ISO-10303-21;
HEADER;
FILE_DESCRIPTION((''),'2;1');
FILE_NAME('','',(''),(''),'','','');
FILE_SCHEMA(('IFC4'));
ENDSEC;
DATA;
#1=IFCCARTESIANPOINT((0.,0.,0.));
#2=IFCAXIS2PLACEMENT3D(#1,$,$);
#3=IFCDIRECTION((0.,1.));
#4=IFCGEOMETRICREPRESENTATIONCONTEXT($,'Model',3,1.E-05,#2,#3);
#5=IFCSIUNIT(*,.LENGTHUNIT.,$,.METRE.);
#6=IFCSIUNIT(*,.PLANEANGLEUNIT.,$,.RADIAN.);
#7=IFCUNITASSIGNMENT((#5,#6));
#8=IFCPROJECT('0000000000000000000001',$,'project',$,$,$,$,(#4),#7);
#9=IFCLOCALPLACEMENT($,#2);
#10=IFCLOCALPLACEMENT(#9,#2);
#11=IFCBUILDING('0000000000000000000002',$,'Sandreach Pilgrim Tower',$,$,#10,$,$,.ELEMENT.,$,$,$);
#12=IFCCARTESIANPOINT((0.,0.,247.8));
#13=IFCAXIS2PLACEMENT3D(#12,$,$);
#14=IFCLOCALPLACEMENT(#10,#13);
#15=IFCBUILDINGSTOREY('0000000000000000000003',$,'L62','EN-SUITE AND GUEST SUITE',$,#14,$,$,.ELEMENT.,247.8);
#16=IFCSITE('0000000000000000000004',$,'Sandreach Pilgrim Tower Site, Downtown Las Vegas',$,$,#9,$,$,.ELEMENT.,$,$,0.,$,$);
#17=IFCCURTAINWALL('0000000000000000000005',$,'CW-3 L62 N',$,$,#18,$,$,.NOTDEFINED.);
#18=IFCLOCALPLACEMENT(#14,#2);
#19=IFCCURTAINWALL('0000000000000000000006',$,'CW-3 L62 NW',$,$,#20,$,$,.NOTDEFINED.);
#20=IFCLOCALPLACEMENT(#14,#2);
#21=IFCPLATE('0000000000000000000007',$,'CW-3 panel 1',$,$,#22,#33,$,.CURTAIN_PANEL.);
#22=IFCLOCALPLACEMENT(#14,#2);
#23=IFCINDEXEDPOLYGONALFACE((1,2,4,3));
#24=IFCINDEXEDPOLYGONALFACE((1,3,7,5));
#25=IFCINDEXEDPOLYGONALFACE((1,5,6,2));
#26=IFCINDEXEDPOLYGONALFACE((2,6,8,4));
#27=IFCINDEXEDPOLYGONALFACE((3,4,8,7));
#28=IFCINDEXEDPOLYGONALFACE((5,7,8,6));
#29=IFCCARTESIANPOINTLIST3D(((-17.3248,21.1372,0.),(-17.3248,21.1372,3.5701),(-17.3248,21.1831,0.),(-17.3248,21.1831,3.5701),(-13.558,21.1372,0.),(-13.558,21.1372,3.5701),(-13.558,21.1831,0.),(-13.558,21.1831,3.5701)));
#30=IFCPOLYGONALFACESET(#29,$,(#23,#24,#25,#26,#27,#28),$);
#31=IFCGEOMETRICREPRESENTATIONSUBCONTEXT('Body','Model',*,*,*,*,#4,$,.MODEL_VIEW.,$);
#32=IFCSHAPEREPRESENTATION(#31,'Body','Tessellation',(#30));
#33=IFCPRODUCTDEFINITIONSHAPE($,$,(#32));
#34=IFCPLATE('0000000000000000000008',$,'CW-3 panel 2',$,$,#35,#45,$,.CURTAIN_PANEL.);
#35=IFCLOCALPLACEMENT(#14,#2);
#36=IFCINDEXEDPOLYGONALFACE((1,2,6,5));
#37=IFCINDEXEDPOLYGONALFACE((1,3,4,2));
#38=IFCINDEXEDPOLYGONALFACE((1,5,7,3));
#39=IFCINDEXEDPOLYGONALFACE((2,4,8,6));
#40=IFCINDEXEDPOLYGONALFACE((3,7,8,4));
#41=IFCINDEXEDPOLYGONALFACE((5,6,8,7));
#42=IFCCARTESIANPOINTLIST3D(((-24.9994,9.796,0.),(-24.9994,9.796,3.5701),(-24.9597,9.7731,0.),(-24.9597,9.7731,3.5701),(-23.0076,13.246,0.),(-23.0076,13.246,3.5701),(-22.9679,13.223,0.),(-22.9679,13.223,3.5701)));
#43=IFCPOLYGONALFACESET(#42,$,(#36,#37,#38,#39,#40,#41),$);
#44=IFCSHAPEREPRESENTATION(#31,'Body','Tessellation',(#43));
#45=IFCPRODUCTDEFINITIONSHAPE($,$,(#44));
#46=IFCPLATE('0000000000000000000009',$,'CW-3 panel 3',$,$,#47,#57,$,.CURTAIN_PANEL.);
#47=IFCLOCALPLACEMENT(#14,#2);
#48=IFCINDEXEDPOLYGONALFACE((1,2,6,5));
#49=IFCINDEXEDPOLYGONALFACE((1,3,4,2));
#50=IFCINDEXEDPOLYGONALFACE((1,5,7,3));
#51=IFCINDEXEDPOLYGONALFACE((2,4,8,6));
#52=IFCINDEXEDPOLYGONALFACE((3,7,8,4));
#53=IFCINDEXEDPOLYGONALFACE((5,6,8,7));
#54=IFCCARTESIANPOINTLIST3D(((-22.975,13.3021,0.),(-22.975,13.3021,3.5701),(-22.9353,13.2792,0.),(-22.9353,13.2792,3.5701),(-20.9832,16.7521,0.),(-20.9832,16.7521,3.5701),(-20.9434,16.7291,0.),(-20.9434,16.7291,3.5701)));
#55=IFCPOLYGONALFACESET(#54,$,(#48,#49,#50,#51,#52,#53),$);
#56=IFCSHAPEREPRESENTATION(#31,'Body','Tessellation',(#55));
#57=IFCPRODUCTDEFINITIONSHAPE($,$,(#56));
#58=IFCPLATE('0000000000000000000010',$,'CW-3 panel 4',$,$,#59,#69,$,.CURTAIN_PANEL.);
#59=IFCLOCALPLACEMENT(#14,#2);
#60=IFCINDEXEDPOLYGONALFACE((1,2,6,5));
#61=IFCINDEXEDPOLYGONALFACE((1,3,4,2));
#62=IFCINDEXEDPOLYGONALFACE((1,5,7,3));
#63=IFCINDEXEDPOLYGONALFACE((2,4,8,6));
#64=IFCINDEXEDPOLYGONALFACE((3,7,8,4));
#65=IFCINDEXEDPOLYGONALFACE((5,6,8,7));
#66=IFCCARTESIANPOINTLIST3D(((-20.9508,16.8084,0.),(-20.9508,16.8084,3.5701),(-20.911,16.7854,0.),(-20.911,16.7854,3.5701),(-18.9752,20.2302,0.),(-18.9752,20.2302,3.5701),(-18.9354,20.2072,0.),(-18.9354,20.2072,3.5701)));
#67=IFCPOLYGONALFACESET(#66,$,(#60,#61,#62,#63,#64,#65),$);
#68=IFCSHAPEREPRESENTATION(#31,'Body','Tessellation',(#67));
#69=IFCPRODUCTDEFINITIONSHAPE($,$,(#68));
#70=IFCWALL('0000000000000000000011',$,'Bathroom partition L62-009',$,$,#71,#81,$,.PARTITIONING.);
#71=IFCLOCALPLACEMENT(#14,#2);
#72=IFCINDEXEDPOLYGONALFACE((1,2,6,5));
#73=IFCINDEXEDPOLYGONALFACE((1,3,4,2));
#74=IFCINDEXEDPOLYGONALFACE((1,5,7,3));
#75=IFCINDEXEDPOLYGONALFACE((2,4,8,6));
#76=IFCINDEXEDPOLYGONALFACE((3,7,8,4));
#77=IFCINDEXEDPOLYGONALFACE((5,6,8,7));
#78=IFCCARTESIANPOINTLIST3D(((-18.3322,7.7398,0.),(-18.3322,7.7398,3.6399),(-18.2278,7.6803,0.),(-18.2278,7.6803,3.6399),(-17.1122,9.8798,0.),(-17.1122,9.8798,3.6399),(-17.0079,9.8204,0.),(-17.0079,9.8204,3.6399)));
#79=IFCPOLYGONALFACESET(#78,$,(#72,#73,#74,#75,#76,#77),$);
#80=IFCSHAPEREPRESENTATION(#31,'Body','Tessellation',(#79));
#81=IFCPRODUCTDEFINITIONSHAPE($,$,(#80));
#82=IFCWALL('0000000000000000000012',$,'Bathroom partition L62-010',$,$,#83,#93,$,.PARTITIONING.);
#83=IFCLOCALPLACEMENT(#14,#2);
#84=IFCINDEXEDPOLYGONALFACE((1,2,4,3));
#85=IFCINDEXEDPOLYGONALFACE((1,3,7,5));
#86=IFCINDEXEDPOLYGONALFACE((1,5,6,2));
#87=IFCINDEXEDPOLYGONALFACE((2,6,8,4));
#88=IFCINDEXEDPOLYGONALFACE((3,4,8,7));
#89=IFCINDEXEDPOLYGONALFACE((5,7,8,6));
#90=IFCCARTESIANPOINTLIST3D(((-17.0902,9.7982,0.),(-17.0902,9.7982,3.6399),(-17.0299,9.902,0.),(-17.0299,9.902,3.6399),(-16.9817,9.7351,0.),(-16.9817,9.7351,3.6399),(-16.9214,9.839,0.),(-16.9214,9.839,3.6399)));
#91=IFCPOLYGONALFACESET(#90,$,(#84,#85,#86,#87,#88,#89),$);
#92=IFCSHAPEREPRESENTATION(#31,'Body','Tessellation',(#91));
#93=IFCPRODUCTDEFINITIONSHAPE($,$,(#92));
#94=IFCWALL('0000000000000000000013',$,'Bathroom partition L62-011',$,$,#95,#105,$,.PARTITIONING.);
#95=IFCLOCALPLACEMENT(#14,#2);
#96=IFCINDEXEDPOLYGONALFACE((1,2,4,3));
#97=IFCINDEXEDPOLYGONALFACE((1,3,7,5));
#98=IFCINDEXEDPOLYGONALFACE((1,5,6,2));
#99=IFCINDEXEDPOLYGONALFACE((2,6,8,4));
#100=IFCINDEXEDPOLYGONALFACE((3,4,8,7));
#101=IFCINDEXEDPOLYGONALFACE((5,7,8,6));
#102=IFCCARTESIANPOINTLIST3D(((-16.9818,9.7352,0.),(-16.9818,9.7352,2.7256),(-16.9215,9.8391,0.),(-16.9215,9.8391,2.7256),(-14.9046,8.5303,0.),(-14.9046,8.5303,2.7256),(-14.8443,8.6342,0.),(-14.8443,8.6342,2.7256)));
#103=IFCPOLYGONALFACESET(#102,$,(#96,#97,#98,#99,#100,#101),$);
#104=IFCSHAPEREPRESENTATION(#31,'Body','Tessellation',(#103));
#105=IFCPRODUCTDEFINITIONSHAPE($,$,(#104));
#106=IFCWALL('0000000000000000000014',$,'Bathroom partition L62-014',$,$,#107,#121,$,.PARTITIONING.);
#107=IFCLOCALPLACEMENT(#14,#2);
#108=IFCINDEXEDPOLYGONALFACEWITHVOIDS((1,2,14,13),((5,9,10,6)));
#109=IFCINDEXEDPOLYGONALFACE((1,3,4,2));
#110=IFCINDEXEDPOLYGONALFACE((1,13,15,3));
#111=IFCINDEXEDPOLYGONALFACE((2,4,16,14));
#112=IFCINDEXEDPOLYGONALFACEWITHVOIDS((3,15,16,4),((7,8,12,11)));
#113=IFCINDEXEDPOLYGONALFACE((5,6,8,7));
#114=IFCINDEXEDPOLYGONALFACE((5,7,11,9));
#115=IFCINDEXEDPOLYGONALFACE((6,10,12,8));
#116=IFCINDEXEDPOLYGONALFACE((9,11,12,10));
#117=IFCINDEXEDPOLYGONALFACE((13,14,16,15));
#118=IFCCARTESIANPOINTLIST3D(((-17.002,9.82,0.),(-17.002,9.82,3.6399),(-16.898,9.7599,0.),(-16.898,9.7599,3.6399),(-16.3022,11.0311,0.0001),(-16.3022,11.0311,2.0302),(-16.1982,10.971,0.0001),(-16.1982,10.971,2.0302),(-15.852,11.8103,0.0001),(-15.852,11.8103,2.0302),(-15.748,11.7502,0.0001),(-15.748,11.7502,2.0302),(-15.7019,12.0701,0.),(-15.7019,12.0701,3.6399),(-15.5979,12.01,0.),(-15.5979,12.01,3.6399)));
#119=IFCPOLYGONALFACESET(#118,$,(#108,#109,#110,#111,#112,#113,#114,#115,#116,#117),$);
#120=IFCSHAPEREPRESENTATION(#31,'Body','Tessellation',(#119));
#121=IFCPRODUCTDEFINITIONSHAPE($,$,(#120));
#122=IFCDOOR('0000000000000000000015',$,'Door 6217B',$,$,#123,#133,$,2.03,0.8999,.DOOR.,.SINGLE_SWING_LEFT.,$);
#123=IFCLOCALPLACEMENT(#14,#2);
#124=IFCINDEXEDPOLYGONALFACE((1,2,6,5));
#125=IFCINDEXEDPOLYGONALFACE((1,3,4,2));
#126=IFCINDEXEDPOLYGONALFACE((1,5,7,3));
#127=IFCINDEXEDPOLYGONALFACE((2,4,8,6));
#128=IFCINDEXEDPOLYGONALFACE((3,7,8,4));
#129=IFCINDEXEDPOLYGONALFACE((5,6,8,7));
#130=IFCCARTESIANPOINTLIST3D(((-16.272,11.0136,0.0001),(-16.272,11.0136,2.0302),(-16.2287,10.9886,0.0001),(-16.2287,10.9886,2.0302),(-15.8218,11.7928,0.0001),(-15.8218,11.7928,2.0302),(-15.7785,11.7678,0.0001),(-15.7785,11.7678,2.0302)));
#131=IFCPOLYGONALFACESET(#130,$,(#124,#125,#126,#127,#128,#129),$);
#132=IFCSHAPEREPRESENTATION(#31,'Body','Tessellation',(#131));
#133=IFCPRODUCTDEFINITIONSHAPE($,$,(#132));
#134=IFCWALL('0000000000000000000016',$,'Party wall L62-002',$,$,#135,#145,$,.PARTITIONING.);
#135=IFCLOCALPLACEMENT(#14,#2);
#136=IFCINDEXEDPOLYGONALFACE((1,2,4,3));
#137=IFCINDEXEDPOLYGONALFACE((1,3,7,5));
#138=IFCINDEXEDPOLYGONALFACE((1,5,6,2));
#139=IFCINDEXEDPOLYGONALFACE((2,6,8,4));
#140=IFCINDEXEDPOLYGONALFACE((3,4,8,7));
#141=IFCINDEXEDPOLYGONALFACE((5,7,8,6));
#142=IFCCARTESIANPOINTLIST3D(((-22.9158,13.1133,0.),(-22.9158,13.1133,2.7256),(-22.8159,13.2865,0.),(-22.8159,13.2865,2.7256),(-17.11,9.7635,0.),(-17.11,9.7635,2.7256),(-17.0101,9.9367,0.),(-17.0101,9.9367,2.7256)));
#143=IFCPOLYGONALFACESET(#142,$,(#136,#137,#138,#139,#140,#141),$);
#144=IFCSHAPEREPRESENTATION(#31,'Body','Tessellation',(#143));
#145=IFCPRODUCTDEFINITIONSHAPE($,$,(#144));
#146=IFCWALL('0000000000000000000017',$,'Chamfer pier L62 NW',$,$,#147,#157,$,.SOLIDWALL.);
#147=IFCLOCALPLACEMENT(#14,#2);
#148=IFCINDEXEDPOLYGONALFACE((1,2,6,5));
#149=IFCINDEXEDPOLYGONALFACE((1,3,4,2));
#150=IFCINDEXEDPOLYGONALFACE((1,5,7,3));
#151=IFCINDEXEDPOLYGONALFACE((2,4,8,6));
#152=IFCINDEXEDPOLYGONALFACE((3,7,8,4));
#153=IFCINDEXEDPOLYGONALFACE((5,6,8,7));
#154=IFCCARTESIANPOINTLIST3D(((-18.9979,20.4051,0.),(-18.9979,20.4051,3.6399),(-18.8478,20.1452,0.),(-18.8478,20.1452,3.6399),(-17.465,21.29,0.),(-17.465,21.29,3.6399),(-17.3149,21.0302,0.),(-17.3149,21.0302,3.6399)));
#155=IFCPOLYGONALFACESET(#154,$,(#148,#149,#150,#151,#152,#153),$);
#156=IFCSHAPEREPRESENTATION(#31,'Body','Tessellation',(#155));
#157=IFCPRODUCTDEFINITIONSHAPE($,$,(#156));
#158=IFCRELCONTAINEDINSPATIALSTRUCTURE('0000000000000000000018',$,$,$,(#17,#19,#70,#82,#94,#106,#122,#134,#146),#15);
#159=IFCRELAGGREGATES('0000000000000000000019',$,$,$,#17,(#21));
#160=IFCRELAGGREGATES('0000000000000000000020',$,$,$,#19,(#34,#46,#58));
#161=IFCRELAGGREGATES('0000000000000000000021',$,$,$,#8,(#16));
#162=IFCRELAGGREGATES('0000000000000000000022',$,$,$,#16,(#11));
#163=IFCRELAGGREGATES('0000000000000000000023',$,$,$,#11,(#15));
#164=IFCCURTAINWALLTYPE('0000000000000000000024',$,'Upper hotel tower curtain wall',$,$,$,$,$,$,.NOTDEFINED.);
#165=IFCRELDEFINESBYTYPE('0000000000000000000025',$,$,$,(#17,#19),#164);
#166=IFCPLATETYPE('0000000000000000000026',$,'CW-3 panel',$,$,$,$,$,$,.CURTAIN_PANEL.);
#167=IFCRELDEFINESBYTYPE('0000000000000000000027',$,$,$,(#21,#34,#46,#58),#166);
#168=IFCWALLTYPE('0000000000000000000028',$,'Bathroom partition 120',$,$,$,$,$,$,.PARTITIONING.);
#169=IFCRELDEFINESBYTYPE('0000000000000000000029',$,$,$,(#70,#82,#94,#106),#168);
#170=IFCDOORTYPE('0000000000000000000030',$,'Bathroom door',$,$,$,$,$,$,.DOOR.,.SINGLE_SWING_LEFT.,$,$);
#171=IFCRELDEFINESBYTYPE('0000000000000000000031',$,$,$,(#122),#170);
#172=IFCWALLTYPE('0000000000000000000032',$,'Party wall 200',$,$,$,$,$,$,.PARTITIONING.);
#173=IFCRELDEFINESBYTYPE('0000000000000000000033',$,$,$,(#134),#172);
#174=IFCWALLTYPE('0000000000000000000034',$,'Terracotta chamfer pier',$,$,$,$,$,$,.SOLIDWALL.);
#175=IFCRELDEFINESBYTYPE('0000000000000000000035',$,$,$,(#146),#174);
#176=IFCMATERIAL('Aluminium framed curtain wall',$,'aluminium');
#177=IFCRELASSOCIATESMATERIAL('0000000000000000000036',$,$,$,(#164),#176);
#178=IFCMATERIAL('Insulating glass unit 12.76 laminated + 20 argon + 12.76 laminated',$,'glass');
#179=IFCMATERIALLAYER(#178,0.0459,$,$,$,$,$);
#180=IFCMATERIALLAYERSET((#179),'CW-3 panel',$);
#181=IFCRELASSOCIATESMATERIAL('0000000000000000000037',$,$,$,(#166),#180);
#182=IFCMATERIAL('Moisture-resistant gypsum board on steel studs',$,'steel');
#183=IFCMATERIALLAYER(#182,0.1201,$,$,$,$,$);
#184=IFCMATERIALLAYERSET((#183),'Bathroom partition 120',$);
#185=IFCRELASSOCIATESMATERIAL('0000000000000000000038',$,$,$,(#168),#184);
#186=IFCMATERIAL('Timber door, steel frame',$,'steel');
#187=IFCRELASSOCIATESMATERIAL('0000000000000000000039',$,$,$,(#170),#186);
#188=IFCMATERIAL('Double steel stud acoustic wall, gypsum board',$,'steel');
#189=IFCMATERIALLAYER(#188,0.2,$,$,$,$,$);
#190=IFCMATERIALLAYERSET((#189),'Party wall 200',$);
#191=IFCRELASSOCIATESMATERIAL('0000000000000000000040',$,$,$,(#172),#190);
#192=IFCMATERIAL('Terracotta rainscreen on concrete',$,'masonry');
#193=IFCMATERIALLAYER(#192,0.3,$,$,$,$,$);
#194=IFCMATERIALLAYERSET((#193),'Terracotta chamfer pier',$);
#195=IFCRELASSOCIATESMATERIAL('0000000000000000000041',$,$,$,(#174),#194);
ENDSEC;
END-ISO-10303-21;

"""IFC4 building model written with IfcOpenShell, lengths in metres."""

from ifc_helpers import new_model, si_unit, direction, frame, frame_2d, origin, origin_2d, place, context, subcontext, project, spatial, rectangle, extrude, material, layer, layer_set, type_object, element, fill, aggregate, save


model = new_model("IFC4")

# Units and contexts
model_context = context("Model", 3, precision=1e-05, world=origin(), true_north=direction((0.0, 1.0)))
body_context = subcontext(model_context, "Body", "Model", "MODEL_VIEW")
ifc_project = project(units=[si_unit("LENGTHUNIT", "METRE"), si_unit("PLANEANGLEUNIT", "RADIAN")], contexts=[model_context])

# Site, building, storey
site_placement = place(None, origin())
site = spatial("IfcSite", under=ifc_project, at=site_placement, Name="Sandreach Pilgrim Tower Site, Downtown Las Vegas", CompositionType="ELEMENT", RefElevation=0.0)
building_placement = place(site_placement, origin())
building = spatial("IfcBuilding", under=site, at=building_placement, Name="Sandreach Pilgrim Tower", CompositionType="ELEMENT")
storey_placement = place(building_placement, frame((0.0, 0.0, 247.8)))
storey = spatial("IfcBuildingStorey", under=building, at=storey_placement, Name="L62", Description="EN-SUITE AND GUEST SUITE", CompositionType="ELEMENT", Elevation=247.8)

# Curtain wall
ifc_material_1 = material(Name="Aluminium framed curtain wall", Category="aluminium")
curtain_wall_type = type_object("IfcCurtainWallType", Name="Upper hotel tower curtain wall", PredefinedType="NOTDEFINED", material=ifc_material_1)
curtain_wall_1_placement = place(storey_placement, origin())
curtain_wall_1 = element("IfcCurtainWall", 1, at=curtain_wall_1_placement, inside=storey, type_object=curtain_wall_type, Name="CW-3 L62 N", PredefinedType="NOTDEFINED")

# Curtain wall
curtain_wall_2_placement = place(storey_placement, origin())
curtain_wall_2 = element("IfcCurtainWall", 2, at=curtain_wall_2_placement, inside=storey, type_object=curtain_wall_type, Name="CW-3 L62 NW", PredefinedType="NOTDEFINED")

# Plates
ifc_material_2 = material(Name="Insulating glass unit 12.76 laminated + 20 argon + 12.76 laminated", Category="glass")
ifc_layer_1 = layer(ifc_material_2, 0.0459)
ifc_layer_set_1 = layer_set([ifc_layer_1], Name="CW-3 panel")
plate_type = type_object("IfcPlateType", Name="CW-3 panel", PredefinedType="CURTAIN_PANEL", material=ifc_layer_set_1)
plate_1_placement = place(storey_placement, frame((-15.4414, 21.1602, 0.0), z_axis=(0.0, 0.0, 1.0), x_axis=(1.0, 0.0, 0.0)))
plate_1 = element("IfcPlate", 3, at=plate_1_placement, type_object=plate_type, Name="CW-3 panel 1", PredefinedType="CURTAIN_PANEL", context=body_context, shape_type="SweptSolid", body=[
    extrude(rectangle(XDim=3.7668, YDim=0.0459, at=origin_2d()), origin(), (0.0, 0.0, 1.0), 3.5701),
])
aggregate(curtain_wall_1, [plate_1])
plate_2_placement = place(storey_placement, frame((-23.9836, 11.5095, 0.0), z_axis=(0.0, 0.0, 1.0), x_axis=(0.5, 0.866025, 0.0)))
plate_2 = element("IfcPlate", 4, at=plate_2_placement, type_object=plate_type, Name="CW-3 panel 2", PredefinedType="CURTAIN_PANEL", context=body_context, shape_type="SweptSolid", body=[
    extrude(rectangle(XDim=3.9836, YDim=0.0459, at=origin_2d()), origin(), (0.0, 0.0, 1.0), 3.5701),
])
plate_3_placement = place(storey_placement, frame((-21.9592, 15.0156, 0.0), z_axis=(0.0, 0.0, 1.0), x_axis=(0.5, 0.866025, 0.0)))
plate_3 = element("IfcPlate", 5, at=plate_3_placement, type_object=plate_type, Name="CW-3 panel 3", PredefinedType="CURTAIN_PANEL", context=body_context, shape_type="SweptSolid", body=[
    extrude(rectangle(XDim=3.9836, YDim=0.0459, at=origin_2d()), origin(), (0.0, 0.0, 1.0), 3.5701),
])
plate_4_placement = place(storey_placement, frame((-19.9431, 18.5078, 0.0), z_axis=(0.0, 0.0, 1.0), x_axis=(0.5, 0.866025, 0.0)))
plate_4 = element("IfcPlate", 6, at=plate_4_placement, type_object=plate_type, Name="CW-3 panel 4", PredefinedType="CURTAIN_PANEL", context=body_context, shape_type="SweptSolid", body=[
    extrude(rectangle(XDim=3.9512, YDim=0.0459, at=origin_2d()), origin(), (0.0, 0.0, 1.0), 3.5701),
])
aggregate(curtain_wall_2, [plate_2, plate_3, plate_4])

# Walls
ifc_material_3 = material(Name="Moisture-resistant gypsum board on steel studs", Category="steel")
ifc_layer_2 = layer(ifc_material_3, 0.1201)
ifc_layer_set_2 = layer_set([ifc_layer_2], Name="Bathroom partition 120")
wall_type_1 = type_object("IfcWallType", Name="Bathroom partition 120", PredefinedType="PARTITIONING", material=ifc_layer_set_2)
wall_1_placement = place(storey_placement, frame((-17.0601, 9.8501, 0.0), z_axis=(0.0, 0.0, 1.0), x_axis=(-0.495231, -0.868761, 0.0)))
element("IfcWall", 7, at=wall_1_placement, inside=storey, type_object=wall_type_1, Name="Bathroom partition L62-009", PredefinedType="PARTITIONING", context=body_context, shape_type="SweptSolid", body=[
    extrude(rectangle(XDim=2.4634, YDim=0.1201, at=frame_2d((1.2317, 0.0))), origin(), (0.0, 0.0, 1.0), 3.6399),
])
wall_2_placement = place(storey_placement, frame((-17.0601, 9.8501, 0.0), z_axis=(0.0, 0.0, 1.0), x_axis=(0.864625, -0.502417, 0.0)))
element("IfcWall", 8, at=wall_2_placement, inside=storey, type_object=wall_type_1, Name="Bathroom partition L62-010", PredefinedType="PARTITIONING", context=body_context, shape_type="SweptSolid", body=[
    extrude(rectangle(XDim=0.1255, YDim=0.1201, at=frame_2d((0.0627, 0.0))), origin(), (0.0, 0.0, 1.0), 3.6399),
])
wall_3_placement = place(storey_placement, frame((-16.9517, 9.7871, 0.0), z_axis=(0.0, 0.0, 1.0), x_axis=(0.865015, -0.501745, 0.0)))
element("IfcWall", 9, at=wall_3_placement, inside=storey, type_object=wall_type_1, Name="Bathroom partition L62-011", PredefinedType="PARTITIONING", context=body_context, shape_type="SweptSolid", body=[
    extrude(rectangle(XDim=2.4014, YDim=0.1201, at=frame_2d((1.2007, 0.0))), origin(), (0.0, 0.0, 1.0), 2.7256),
])

# Wall, opening, door
wall_4_placement = place(storey_placement, frame((-15.6499, 12.04, 0.0), z_axis=(0.0, 0.0, 1.0), x_axis=(-0.500292, -0.865857, 0.0)))
wall_4 = element("IfcWall", 10, at=wall_4_placement, inside=storey, type_object=wall_type_1, Name="Bathroom partition L62-014", PredefinedType="PARTITIONING", context=body_context, shape_type="SweptSolid", body=[
    extrude(rectangle(XDim=2.5986, YDim=0.1201, at=frame_2d((1.2993, 0.0))), origin(), (0.0, 0.0, 1.0), 3.6399),
])
opening_placement = place(wall_4_placement, frame((0.3, 0.0, 0.0)))
opening = element("IfcOpeningElement", 11, at=opening_placement, cuts=wall_4, PredefinedType="OPENING", context=body_context, shape_type="SweptSolid", body=[
    extrude(rectangle(XDim=0.8999, YDim=2.03, at=frame_2d((0.45, 1.0151))), frame((0.0, 0.0601, 0.0), z_axis=(0.0, -1.0, 0.0), x_axis=(1.0, 0.0, 0.0)), (0.0, 0.0, 1.0), 0.1201),
])
ifc_material_4 = material(Name="Timber door, steel frame", Category="steel")
door_type = type_object("IfcDoorType", Name="Bathroom door", OperationType="SINGLE_SWING_LEFT", PredefinedType="DOOR", material=ifc_material_4)
door_placement = place(opening_placement, origin())
door = element("IfcDoor", 12, at=door_placement, inside=storey, type_object=door_type, Name="Door 6217B", OperationType="SINGLE_SWING_LEFT", OverallHeight=2.03, OverallWidth=0.8999, PredefinedType="DOOR", context=body_context, shape_type="SweptSolid", body=[
    extrude(rectangle(XDim=0.8999, YDim=2.03, at=frame_2d((0.45, 1.0151))), frame((0.0, 0.0249, 0.0), z_axis=(0.0, -1.0, 0.0), x_axis=(1.0, 0.0, 0.0)), (0.0, 0.0, 1.0), 0.05),
])
fill(opening, door)

# Walls
ifc_material_5 = material(Name="Double steel stud acoustic wall, gypsum board", Category="steel")
ifc_layer_3 = layer(ifc_material_5, 0.2)
ifc_layer_set_3 = layer_set([ifc_layer_3], Name="Party wall 200")
wall_type_2 = type_object("IfcWallType", Name="Party wall 200", PredefinedType="PARTITIONING", material=ifc_layer_set_3)
wall_5_placement = place(storey_placement, frame((-22.866, 13.2, 0.0), z_axis=(0.0, 0.0, 1.0), x_axis=(0.866167, -0.499755, 0.0)))
element("IfcWall", 13, at=wall_5_placement, inside=storey, type_object=wall_type_2, Name="Party wall L62-002", PredefinedType="PARTITIONING", context=body_context, shape_type="SweptSolid", body=[
    extrude(rectangle(XDim=6.7029, YDim=0.2, at=frame_2d((3.3516, 0.0))), origin(), (0.0, 0.0, 1.0), 2.7256),
])
ifc_material_6 = material(Name="Terracotta rainscreen on concrete", Category="masonry")
ifc_layer_4 = layer(ifc_material_6, 0.3)
ifc_layer_set_4 = layer_set([ifc_layer_4], Name="Terracotta chamfer pier")
wall_type_3 = type_object("IfcWallType", Name="Terracotta chamfer pier", PredefinedType="SOLIDWALL", material=ifc_layer_set_4)
wall_6_placement = place(storey_placement, frame((-18.9229, 20.2751, 0.0), z_axis=(0.0, 0.0, 1.0), x_axis=(0.866036, 0.499981, 0.0)))
element("IfcWall", 14, at=wall_6_placement, inside=storey, type_object=wall_type_3, Name="Chamfer pier L62 NW", PredefinedType="SOLIDWALL", context=body_context, shape_type="SweptSolid", body=[
    extrude(rectangle(XDim=1.77, YDim=0.3, at=frame_2d((0.885, 0.0))), origin(), (0.0, 0.0, 1.0), 3.6399),
])

save(model, "model.ifc")
